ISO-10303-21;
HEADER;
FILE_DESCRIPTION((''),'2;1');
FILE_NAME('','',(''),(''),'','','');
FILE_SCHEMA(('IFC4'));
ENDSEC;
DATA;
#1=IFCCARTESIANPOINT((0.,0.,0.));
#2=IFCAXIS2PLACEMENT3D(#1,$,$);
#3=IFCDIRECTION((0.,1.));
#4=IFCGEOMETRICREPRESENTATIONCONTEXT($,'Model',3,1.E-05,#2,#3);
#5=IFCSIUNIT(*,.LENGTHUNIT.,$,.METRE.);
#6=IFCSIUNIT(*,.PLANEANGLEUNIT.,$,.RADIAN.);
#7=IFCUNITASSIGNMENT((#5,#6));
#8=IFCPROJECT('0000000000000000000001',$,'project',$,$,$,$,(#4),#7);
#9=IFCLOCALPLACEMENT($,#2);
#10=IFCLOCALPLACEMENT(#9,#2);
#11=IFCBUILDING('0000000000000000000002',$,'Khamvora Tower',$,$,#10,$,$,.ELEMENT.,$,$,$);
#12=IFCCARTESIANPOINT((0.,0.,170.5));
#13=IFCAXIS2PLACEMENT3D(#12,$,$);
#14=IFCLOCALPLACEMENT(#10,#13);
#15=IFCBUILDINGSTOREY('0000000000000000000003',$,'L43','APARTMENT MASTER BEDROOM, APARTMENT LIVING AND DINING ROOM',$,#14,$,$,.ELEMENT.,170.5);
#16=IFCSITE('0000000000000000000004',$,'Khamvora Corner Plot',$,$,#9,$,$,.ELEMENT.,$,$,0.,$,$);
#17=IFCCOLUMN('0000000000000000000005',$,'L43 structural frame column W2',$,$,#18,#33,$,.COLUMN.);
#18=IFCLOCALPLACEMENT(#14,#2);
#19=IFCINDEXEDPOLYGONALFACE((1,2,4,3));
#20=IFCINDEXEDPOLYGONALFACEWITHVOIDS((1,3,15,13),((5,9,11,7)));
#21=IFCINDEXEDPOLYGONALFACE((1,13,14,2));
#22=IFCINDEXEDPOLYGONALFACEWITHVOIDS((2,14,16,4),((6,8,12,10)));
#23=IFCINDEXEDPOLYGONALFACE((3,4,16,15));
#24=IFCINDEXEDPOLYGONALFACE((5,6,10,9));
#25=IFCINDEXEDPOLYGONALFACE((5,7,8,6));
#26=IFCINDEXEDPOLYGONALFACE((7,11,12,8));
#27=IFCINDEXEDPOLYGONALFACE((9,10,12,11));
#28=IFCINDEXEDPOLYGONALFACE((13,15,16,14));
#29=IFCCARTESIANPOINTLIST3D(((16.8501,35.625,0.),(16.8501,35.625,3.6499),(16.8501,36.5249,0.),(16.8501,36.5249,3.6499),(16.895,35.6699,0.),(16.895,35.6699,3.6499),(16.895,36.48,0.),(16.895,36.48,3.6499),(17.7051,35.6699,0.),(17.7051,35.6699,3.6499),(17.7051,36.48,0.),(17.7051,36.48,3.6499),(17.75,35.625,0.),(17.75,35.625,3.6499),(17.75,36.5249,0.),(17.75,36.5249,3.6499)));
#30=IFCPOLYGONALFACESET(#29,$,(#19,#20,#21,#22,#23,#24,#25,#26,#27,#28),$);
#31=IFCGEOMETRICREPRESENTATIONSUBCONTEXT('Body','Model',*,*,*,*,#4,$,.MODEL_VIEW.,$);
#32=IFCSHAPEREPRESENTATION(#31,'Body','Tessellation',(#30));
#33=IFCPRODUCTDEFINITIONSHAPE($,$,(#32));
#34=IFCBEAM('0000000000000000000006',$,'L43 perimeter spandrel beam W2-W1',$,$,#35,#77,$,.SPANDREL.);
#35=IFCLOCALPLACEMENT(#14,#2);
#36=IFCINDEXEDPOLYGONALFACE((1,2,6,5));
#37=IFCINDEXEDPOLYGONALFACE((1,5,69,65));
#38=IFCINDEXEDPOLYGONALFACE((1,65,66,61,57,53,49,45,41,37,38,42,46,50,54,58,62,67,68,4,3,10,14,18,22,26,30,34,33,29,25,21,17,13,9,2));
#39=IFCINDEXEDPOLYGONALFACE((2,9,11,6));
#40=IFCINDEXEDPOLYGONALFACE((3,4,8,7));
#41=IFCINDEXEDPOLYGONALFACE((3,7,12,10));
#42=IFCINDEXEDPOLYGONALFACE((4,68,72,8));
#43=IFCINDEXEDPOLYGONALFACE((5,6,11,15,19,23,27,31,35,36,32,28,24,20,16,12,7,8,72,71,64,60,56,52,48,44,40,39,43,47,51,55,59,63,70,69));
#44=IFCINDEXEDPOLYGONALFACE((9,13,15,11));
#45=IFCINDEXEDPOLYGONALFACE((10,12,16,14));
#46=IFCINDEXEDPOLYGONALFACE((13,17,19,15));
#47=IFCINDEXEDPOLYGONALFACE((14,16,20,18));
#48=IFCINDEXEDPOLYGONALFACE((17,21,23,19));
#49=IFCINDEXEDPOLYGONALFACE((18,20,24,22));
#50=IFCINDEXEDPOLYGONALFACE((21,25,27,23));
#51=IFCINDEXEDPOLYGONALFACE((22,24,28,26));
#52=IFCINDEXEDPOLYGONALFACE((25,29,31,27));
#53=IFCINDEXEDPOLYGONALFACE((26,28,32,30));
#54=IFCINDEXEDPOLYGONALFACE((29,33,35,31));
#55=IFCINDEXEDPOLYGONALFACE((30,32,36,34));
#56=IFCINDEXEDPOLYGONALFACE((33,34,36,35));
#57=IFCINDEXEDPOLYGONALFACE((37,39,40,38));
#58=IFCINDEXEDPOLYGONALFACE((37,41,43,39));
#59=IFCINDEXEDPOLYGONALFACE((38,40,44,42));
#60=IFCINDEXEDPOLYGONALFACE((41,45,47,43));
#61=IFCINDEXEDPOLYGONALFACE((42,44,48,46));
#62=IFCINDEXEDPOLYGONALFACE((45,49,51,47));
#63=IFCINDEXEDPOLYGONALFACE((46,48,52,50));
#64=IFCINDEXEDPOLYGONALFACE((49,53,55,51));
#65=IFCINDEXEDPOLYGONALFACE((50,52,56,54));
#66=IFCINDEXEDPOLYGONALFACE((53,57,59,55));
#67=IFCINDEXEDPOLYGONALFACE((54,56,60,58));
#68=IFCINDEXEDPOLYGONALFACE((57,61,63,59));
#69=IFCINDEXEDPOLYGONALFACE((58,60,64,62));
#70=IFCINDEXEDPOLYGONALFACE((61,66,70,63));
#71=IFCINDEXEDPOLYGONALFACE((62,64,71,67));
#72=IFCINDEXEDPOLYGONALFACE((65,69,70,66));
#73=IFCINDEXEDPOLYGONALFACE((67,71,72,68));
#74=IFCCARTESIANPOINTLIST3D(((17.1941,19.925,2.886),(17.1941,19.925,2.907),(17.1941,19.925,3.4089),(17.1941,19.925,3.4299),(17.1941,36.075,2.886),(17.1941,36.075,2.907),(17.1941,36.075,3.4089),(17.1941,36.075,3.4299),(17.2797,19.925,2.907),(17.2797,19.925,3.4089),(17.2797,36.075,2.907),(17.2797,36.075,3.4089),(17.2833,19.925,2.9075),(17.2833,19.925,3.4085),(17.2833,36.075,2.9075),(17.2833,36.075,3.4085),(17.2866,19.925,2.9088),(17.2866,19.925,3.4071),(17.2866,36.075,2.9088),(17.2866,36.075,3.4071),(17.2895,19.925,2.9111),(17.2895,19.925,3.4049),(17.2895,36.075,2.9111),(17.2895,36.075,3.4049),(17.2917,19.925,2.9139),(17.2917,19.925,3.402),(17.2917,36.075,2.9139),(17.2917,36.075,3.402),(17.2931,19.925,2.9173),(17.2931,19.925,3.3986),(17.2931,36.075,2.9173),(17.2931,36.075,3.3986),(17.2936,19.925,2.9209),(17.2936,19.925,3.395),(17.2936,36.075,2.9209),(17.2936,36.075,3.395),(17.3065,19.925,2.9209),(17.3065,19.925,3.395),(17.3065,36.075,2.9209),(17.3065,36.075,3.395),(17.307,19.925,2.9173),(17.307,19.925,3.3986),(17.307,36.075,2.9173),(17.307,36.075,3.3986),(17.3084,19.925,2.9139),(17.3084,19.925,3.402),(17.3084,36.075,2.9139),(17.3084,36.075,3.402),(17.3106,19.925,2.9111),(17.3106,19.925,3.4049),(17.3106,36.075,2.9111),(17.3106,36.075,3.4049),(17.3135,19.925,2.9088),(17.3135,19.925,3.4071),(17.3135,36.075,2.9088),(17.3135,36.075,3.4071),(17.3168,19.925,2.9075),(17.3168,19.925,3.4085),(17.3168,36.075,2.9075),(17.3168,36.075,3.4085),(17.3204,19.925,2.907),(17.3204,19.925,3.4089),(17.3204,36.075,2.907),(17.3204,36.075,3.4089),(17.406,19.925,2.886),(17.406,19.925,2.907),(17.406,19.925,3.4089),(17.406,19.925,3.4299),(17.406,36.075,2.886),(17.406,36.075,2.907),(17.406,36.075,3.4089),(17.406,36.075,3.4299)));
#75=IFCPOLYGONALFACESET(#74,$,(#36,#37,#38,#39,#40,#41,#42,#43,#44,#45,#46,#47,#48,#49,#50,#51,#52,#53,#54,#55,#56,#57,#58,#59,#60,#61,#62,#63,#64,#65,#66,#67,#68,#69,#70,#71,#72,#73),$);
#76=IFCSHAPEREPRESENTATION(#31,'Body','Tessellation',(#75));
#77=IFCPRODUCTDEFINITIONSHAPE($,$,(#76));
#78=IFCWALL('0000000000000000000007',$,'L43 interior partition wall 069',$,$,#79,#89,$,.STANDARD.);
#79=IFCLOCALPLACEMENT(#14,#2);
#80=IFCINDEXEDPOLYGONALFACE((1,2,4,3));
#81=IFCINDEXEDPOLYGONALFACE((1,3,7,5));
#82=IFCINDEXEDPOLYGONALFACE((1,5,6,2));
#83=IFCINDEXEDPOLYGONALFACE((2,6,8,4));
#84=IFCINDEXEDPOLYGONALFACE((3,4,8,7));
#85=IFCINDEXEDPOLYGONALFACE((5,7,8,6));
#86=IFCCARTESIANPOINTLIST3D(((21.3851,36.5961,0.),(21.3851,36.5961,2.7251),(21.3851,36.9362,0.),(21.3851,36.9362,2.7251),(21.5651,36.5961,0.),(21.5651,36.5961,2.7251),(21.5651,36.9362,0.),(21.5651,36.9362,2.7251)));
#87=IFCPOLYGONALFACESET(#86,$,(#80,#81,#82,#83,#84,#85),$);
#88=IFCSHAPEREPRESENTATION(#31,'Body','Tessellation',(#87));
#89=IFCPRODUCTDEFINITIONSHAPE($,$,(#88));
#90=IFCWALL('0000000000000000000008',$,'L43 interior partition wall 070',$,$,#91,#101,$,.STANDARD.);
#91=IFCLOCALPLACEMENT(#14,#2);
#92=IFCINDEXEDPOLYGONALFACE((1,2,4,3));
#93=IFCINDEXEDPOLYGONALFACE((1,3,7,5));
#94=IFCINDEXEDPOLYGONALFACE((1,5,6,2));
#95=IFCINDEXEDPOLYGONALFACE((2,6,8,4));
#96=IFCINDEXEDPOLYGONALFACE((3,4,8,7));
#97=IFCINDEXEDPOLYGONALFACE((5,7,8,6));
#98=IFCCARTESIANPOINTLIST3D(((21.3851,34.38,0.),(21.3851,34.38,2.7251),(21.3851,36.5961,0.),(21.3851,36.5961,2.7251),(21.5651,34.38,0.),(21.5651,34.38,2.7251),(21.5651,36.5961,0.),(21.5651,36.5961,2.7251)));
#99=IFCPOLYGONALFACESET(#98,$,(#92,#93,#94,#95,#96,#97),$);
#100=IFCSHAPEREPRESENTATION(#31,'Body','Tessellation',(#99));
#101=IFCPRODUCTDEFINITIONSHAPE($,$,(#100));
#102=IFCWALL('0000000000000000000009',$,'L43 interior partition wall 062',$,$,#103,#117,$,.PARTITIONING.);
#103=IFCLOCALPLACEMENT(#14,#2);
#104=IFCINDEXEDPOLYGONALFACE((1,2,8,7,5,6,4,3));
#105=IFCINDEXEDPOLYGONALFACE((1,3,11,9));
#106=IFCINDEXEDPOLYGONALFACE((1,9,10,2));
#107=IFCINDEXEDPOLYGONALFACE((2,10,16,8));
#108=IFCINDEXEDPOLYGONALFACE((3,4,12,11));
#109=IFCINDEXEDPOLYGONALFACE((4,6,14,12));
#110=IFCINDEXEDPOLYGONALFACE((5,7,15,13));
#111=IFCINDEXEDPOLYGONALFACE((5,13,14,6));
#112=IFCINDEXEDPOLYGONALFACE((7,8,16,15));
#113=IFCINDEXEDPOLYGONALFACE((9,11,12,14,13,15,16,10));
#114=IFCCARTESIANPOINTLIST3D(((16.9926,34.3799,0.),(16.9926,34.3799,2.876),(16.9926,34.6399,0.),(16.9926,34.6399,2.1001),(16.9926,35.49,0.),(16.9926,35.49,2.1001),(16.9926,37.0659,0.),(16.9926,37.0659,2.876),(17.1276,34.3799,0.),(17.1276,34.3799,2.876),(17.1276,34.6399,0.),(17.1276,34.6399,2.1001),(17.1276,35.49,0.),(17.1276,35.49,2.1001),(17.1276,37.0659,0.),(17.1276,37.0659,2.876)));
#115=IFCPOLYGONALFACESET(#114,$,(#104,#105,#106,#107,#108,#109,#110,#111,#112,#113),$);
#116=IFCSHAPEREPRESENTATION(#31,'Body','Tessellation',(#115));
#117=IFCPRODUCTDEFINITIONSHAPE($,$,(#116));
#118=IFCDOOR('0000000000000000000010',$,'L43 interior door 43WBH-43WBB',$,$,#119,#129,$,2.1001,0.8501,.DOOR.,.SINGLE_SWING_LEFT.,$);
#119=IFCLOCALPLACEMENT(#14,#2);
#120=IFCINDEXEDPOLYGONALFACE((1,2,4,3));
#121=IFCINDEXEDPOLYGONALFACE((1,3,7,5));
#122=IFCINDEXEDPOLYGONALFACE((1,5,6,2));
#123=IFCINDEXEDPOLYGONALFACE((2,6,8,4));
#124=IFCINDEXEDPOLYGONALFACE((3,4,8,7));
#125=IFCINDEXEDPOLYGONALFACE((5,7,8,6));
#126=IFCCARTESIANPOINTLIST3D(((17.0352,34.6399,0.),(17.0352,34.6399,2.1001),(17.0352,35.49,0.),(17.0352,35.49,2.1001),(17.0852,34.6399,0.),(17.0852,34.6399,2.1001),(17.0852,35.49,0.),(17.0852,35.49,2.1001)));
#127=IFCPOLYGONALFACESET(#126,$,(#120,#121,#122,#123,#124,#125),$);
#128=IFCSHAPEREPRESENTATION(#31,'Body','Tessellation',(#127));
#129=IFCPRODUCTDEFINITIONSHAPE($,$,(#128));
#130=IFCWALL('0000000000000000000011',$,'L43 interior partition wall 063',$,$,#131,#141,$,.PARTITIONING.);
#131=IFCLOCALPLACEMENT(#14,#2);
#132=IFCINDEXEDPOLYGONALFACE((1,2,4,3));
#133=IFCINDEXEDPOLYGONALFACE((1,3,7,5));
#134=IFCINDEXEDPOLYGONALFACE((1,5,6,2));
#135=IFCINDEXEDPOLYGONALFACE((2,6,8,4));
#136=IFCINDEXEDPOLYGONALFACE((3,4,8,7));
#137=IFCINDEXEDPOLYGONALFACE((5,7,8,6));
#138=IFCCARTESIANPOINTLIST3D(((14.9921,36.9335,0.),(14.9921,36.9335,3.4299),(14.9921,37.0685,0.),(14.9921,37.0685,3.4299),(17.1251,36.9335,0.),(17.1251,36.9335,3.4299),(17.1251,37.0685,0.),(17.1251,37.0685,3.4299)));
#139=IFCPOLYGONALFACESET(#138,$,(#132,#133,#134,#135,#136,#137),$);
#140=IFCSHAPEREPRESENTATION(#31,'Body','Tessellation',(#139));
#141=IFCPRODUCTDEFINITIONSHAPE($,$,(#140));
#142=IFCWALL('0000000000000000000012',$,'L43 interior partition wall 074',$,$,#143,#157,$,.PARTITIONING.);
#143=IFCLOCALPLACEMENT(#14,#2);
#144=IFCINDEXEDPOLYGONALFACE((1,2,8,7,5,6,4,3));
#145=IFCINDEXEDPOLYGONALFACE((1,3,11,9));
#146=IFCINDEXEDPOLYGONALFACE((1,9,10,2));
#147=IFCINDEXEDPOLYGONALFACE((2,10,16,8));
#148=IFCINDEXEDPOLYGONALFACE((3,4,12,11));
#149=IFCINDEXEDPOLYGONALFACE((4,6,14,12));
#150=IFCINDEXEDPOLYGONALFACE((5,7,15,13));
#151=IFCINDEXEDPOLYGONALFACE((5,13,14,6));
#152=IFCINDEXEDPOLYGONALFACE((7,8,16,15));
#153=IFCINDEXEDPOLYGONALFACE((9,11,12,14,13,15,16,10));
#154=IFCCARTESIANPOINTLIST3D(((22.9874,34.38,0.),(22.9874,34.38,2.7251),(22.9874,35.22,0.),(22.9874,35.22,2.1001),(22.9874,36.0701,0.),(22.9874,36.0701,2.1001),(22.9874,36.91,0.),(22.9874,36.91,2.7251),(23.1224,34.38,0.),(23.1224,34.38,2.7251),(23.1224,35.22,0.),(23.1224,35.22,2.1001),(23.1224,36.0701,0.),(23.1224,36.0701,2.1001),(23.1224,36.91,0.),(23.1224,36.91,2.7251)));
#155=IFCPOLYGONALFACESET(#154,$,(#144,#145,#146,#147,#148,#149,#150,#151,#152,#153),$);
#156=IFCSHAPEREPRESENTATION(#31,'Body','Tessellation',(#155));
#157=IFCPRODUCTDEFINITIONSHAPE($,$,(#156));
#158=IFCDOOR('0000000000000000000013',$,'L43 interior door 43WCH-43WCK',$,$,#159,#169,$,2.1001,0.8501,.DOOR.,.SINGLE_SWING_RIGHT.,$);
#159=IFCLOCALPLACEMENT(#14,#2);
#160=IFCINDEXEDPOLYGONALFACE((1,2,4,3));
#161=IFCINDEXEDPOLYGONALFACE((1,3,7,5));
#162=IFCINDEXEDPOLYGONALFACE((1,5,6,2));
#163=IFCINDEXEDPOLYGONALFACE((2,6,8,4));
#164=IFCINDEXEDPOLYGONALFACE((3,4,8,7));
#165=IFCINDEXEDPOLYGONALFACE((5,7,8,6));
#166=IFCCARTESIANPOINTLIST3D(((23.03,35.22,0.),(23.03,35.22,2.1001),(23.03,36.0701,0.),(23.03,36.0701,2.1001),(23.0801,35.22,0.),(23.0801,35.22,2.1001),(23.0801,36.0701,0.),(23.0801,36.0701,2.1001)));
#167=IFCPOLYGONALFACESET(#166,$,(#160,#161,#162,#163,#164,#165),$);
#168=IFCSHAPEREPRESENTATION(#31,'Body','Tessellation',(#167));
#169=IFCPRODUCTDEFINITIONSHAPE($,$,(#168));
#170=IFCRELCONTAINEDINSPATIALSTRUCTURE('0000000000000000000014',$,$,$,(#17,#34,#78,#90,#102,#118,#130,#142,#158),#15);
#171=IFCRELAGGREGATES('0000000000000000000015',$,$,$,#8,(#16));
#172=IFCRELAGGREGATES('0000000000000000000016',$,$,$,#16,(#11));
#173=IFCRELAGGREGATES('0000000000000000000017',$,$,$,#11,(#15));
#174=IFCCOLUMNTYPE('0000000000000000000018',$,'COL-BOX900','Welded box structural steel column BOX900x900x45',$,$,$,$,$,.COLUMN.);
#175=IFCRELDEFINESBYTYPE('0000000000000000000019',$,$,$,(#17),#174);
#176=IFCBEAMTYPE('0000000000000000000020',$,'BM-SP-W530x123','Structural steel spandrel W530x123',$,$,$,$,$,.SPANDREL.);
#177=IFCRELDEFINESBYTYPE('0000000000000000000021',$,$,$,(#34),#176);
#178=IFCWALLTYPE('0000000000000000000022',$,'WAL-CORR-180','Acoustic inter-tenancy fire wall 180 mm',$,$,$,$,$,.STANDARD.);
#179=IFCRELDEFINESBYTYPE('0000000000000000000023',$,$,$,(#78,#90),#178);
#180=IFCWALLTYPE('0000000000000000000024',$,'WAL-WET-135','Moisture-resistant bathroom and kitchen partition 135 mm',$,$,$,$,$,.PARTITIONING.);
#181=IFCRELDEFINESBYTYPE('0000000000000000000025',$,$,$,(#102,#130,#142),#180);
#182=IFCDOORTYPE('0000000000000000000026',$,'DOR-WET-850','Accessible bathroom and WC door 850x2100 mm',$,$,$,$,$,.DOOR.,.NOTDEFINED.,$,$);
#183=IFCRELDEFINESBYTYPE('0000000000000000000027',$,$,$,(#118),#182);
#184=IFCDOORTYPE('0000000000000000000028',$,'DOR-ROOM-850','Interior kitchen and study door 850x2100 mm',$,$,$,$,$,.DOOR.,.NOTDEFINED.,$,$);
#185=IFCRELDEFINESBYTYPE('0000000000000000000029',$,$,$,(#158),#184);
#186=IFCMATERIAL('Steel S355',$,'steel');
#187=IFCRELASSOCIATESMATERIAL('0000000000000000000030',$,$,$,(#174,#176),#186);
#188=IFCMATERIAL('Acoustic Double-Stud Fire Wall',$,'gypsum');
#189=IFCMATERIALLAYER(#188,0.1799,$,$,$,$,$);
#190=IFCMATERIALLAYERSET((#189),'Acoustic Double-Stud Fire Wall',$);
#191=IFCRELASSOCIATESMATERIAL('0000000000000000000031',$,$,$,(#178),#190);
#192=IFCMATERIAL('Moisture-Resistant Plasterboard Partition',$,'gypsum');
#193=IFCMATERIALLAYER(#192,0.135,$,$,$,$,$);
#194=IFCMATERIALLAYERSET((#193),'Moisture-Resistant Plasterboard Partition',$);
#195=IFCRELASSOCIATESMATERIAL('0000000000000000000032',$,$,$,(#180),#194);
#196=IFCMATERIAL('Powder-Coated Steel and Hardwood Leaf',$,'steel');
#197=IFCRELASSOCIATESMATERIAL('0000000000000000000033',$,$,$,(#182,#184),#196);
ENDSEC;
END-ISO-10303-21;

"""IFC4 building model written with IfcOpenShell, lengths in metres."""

from ifc_helpers import new_model, si_unit, direction, frame, frame_2d, origin, origin_2d, place, context, subcontext, project, spatial, rectangle, hollow_rectangle, i_section, extrude, material, layer, layer_set, material_profile, profile_set, type_object, element, fill, save


model = new_model("IFC4")

# Units and contexts
model_context = context("Model", 3, precision=1e-05, world=origin(), true_north=direction((0.0, 1.0)))
body_context = subcontext(model_context, "Body", "Model", "MODEL_VIEW")
ifc_project = project(units=[si_unit("LENGTHUNIT", "METRE"), si_unit("PLANEANGLEUNIT", "RADIAN")], contexts=[model_context])

# Site, building, storey
site_placement = place(None, origin())
site = spatial("IfcSite", under=ifc_project, at=site_placement, Name="Khamvora Corner Plot", CompositionType="ELEMENT", RefElevation=0.0)
building_placement = place(site_placement, origin())
building = spatial("IfcBuilding", under=site, at=building_placement, Name="Khamvora Tower", CompositionType="ELEMENT")
storey_placement = place(building_placement, frame((0.0, 0.0, 170.5)))
storey = spatial("IfcBuildingStorey", under=building, at=storey_placement, Name="L43", Description="APARTMENT MASTER BEDROOM, APARTMENT LIVING AND DINING ROOM", CompositionType="ELEMENT", Elevation=170.5)

# Column
ifc_material_1 = material(Name="Steel S355", Category="steel")
ifc_material_profile_1 = material_profile(ifc_material_1, hollow_rectangle(XDim=0.8999, YDim=0.8999, WallThickness=0.0449, at=origin_2d()), Name="BOX900x900x45")
ifc_profile_set_1 = profile_set([ifc_material_profile_1], Name="Steel S355")
column_type = type_object("IfcColumnType", Name="COL-BOX900", Description="Welded box structural steel column BOX900x900x45", PredefinedType="COLUMN", material=ifc_profile_set_1)
column_placement = place(storey_placement, frame((17.3, 36.075, 0.0), z_axis=(0.0, 0.0, 1.0), x_axis=(1.0, 0.0, 0.0)))
element("IfcColumn", 1, at=column_placement, inside=storey, type_object=column_type, Name="L43 structural frame column W2", PredefinedType="COLUMN", context=body_context, shape_type="SweptSolid", body=[
    extrude(hollow_rectangle(XDim=0.8999, YDim=0.8999, WallThickness=0.0449, at=origin_2d()), origin(), (0.0, 0.0, 1.0), 3.6499),
])

# Beam
ifc_material_profile_2 = material_profile(ifc_material_1, i_section(OverallWidth=0.2119, OverallDepth=0.5439, WebThickness=0.0129, FlangeThickness=0.021, FilletRadius=0.0139, at=origin_2d()), Name="W530x123")
ifc_profile_set_2 = profile_set([ifc_material_profile_2], Name="Steel S355")
beam_type = type_object("IfcBeamType", Name="BM-SP-W530x123", Description="Structural steel spandrel W530x123", PredefinedType="SPANDREL", material=ifc_profile_set_2)
beam_placement = place(storey_placement, frame((17.3, 36.075, 3.158), z_axis=(0.0, -1.0, 0.0), x_axis=(1.0, 0.0, 0.0)))
element("IfcBeam", 2, at=beam_placement, inside=storey, type_object=beam_type, Name="L43 perimeter spandrel beam W2-W1", PredefinedType="SPANDREL", context=body_context, shape_type="SweptSolid", body=[
    extrude(i_section(OverallWidth=0.2119, OverallDepth=0.5439, WebThickness=0.0129, FlangeThickness=0.021, FilletRadius=0.0139, at=origin_2d()), origin(), (0.0, 0.0, 1.0), 16.1499),
])

# Walls
ifc_material_2 = material(Name="Acoustic Double-Stud Fire Wall", Category="gypsum")
ifc_layer_1 = layer(ifc_material_2, 0.1799)
ifc_layer_set_1 = layer_set([ifc_layer_1], Name="Acoustic Double-Stud Fire Wall")
wall_type_1 = type_object("IfcWallType", Name="WAL-CORR-180", Description="Acoustic inter-tenancy fire wall 180 mm", PredefinedType="STANDARD", material=ifc_layer_set_1)
wall_1_placement = place(storey_placement, frame((21.4751, 36.936, 0.0), z_axis=(0.0, 0.0, 1.0), x_axis=(0.0, -1.0, 0.0)))
element("IfcWall", 3, at=wall_1_placement, inside=storey, type_object=wall_type_1, Name="L43 interior partition wall 069", PredefinedType="STANDARD", context=body_context, shape_type="SweptSolid", body=[
    extrude(rectangle(XDim=0.3401, YDim=0.1799, at=frame_2d((0.1699, 0.0))), origin(), (0.0, 0.0, 1.0), 2.7251),
])
wall_2_placement = place(storey_placement, frame((21.4751, 36.5959, 0.0), z_axis=(0.0, 0.0, 1.0), x_axis=(0.0, -1.0, 0.0)))
element("IfcWall", 4, at=wall_2_placement, inside=storey, type_object=wall_type_1, Name="L43 interior partition wall 070", PredefinedType="STANDARD", context=body_context, shape_type="SweptSolid", body=[
    extrude(rectangle(XDim=2.2161, YDim=0.1799, at=frame_2d((1.1079, 0.0))), origin(), (0.0, 0.0, 1.0), 2.7251),
])

# Wall, opening, door
ifc_material_3 = material(Name="Moisture-Resistant Plasterboard Partition", Category="gypsum")
ifc_layer_2 = layer(ifc_material_3, 0.135)
ifc_layer_set_2 = layer_set([ifc_layer_2], Name="Moisture-Resistant Plasterboard Partition")
wall_type_2 = type_object("IfcWallType", Name="WAL-WET-135", Description="Moisture-resistant bathroom and kitchen partition 135 mm", PredefinedType="PARTITIONING", material=ifc_layer_set_2)
wall_3_placement = place(storey_placement, frame((17.0601, 34.3799, 0.0), z_axis=(0.0, 0.0, 1.0), x_axis=(0.0, 1.0, 0.0)))
wall_3 = element("IfcWall", 5, at=wall_3_placement, inside=storey, type_object=wall_type_2, Name="L43 interior partition wall 062", PredefinedType="PARTITIONING", context=body_context, shape_type="SweptSolid", body=[
    extrude(rectangle(XDim=2.686, YDim=0.135, at=frame_2d((1.343, 0.0))), origin(), (0.0, 0.0, 1.0), 2.876),
])
opening_1_placement = place(wall_3_placement, frame((0.26, 0.0, 0.0)))
opening_1 = element("IfcOpeningElement", 6, at=opening_1_placement, cuts=wall_3, PredefinedType="OPENING", context=body_context, shape_type="SweptSolid", body=[
    extrude(rectangle(XDim=0.8501, YDim=2.1001, at=frame_2d((0.425, 1.05))), frame((0.0, 0.0774, 0.0), z_axis=(0.0, -1.0, 0.0), x_axis=(1.0, 0.0, 0.0)), (0.0, 0.0, 1.0), 0.155),
])
ifc_material_4 = material(Name="Powder-Coated Steel and Hardwood Leaf", Category="steel")
door_type_1 = type_object("IfcDoorType", Name="DOR-WET-850", Description="Accessible bathroom and WC door 850x2100 mm", OperationType="NOTDEFINED", PredefinedType="DOOR", material=ifc_material_4)
door_1_placement = place(opening_1_placement, origin())
door_1 = element("IfcDoor", 7, at=door_1_placement, inside=storey, type_object=door_type_1, Name="L43 interior door 43WBH-43WBB", OperationType="SINGLE_SWING_LEFT", OverallHeight=2.1001, OverallWidth=0.8501, PredefinedType="DOOR", context=body_context, shape_type="SweptSolid", body=[
    extrude(rectangle(XDim=0.8501, YDim=2.1001, at=frame_2d((0.425, 1.05))), frame((0.0, 0.0249, 0.0), z_axis=(0.0, -1.0, 0.0), x_axis=(1.0, 0.0, 0.0)), (0.0, 0.0, 1.0), 0.05),
])
fill(opening_1, door_1)

# Wall
wall_4_placement = place(storey_placement, frame((17.125, 37.001, 0.0), z_axis=(0.0, 0.0, 1.0), x_axis=(-1.0, 0.0, 0.0)))
element("IfcWall", 8, at=wall_4_placement, inside=storey, type_object=wall_type_2, Name="L43 interior partition wall 063", PredefinedType="PARTITIONING", context=body_context, shape_type="SweptSolid", body=[
    extrude(rectangle(XDim=2.1331, YDim=0.135, at=frame_2d((1.0664, 0.0))), origin(), (0.0, 0.0, 1.0), 3.4299),
])

# Wall, opening, door
wall_5_placement = place(storey_placement, frame((23.0549, 34.3799, 0.0), z_axis=(0.0, 0.0, 1.0), x_axis=(0.0, 1.0, 0.0)))
wall_5 = element("IfcWall", 9, at=wall_5_placement, inside=storey, type_object=wall_type_2, Name="L43 interior partition wall 074", PredefinedType="PARTITIONING", context=body_context, shape_type="SweptSolid", body=[
    extrude(rectangle(XDim=2.53, YDim=0.135, at=frame_2d((1.2651, 0.0))), origin(), (0.0, 0.0, 1.0), 2.7251),
])
opening_2_placement = place(wall_5_placement, frame((0.8401, 0.0, 0.0)))
opening_2 = element("IfcOpeningElement", 10, at=opening_2_placement, cuts=wall_5, PredefinedType="OPENING", context=body_context, shape_type="SweptSolid", body=[
    extrude(rectangle(XDim=0.8501, YDim=2.1001, at=frame_2d((0.425, 1.05))), frame((0.0, 0.0774, 0.0), z_axis=(0.0, -1.0, 0.0), x_axis=(1.0, 0.0, 0.0)), (0.0, 0.0, 1.0), 0.155),
])
door_type_2 = type_object("IfcDoorType", Name="DOR-ROOM-850", Description="Interior kitchen and study door 850x2100 mm", OperationType="NOTDEFINED", PredefinedType="DOOR", material=ifc_material_4)
door_2_placement = place(opening_2_placement, origin())
door_2 = element("IfcDoor", 11, at=door_2_placement, inside=storey, type_object=door_type_2, Name="L43 interior door 43WCH-43WCK", OperationType="SINGLE_SWING_RIGHT", OverallHeight=2.1001, OverallWidth=0.8501, PredefinedType="DOOR", context=body_context, shape_type="SweptSolid", body=[
    extrude(rectangle(XDim=0.8501, YDim=2.1001, at=frame_2d((0.425, 1.05))), frame((0.0, 0.0249, 0.0), z_axis=(0.0, -1.0, 0.0), x_axis=(1.0, 0.0, 0.0)), (0.0, 0.0, 1.0), 0.05),
])
fill(opening_2, door_2)

save(model, "model.ifc")
